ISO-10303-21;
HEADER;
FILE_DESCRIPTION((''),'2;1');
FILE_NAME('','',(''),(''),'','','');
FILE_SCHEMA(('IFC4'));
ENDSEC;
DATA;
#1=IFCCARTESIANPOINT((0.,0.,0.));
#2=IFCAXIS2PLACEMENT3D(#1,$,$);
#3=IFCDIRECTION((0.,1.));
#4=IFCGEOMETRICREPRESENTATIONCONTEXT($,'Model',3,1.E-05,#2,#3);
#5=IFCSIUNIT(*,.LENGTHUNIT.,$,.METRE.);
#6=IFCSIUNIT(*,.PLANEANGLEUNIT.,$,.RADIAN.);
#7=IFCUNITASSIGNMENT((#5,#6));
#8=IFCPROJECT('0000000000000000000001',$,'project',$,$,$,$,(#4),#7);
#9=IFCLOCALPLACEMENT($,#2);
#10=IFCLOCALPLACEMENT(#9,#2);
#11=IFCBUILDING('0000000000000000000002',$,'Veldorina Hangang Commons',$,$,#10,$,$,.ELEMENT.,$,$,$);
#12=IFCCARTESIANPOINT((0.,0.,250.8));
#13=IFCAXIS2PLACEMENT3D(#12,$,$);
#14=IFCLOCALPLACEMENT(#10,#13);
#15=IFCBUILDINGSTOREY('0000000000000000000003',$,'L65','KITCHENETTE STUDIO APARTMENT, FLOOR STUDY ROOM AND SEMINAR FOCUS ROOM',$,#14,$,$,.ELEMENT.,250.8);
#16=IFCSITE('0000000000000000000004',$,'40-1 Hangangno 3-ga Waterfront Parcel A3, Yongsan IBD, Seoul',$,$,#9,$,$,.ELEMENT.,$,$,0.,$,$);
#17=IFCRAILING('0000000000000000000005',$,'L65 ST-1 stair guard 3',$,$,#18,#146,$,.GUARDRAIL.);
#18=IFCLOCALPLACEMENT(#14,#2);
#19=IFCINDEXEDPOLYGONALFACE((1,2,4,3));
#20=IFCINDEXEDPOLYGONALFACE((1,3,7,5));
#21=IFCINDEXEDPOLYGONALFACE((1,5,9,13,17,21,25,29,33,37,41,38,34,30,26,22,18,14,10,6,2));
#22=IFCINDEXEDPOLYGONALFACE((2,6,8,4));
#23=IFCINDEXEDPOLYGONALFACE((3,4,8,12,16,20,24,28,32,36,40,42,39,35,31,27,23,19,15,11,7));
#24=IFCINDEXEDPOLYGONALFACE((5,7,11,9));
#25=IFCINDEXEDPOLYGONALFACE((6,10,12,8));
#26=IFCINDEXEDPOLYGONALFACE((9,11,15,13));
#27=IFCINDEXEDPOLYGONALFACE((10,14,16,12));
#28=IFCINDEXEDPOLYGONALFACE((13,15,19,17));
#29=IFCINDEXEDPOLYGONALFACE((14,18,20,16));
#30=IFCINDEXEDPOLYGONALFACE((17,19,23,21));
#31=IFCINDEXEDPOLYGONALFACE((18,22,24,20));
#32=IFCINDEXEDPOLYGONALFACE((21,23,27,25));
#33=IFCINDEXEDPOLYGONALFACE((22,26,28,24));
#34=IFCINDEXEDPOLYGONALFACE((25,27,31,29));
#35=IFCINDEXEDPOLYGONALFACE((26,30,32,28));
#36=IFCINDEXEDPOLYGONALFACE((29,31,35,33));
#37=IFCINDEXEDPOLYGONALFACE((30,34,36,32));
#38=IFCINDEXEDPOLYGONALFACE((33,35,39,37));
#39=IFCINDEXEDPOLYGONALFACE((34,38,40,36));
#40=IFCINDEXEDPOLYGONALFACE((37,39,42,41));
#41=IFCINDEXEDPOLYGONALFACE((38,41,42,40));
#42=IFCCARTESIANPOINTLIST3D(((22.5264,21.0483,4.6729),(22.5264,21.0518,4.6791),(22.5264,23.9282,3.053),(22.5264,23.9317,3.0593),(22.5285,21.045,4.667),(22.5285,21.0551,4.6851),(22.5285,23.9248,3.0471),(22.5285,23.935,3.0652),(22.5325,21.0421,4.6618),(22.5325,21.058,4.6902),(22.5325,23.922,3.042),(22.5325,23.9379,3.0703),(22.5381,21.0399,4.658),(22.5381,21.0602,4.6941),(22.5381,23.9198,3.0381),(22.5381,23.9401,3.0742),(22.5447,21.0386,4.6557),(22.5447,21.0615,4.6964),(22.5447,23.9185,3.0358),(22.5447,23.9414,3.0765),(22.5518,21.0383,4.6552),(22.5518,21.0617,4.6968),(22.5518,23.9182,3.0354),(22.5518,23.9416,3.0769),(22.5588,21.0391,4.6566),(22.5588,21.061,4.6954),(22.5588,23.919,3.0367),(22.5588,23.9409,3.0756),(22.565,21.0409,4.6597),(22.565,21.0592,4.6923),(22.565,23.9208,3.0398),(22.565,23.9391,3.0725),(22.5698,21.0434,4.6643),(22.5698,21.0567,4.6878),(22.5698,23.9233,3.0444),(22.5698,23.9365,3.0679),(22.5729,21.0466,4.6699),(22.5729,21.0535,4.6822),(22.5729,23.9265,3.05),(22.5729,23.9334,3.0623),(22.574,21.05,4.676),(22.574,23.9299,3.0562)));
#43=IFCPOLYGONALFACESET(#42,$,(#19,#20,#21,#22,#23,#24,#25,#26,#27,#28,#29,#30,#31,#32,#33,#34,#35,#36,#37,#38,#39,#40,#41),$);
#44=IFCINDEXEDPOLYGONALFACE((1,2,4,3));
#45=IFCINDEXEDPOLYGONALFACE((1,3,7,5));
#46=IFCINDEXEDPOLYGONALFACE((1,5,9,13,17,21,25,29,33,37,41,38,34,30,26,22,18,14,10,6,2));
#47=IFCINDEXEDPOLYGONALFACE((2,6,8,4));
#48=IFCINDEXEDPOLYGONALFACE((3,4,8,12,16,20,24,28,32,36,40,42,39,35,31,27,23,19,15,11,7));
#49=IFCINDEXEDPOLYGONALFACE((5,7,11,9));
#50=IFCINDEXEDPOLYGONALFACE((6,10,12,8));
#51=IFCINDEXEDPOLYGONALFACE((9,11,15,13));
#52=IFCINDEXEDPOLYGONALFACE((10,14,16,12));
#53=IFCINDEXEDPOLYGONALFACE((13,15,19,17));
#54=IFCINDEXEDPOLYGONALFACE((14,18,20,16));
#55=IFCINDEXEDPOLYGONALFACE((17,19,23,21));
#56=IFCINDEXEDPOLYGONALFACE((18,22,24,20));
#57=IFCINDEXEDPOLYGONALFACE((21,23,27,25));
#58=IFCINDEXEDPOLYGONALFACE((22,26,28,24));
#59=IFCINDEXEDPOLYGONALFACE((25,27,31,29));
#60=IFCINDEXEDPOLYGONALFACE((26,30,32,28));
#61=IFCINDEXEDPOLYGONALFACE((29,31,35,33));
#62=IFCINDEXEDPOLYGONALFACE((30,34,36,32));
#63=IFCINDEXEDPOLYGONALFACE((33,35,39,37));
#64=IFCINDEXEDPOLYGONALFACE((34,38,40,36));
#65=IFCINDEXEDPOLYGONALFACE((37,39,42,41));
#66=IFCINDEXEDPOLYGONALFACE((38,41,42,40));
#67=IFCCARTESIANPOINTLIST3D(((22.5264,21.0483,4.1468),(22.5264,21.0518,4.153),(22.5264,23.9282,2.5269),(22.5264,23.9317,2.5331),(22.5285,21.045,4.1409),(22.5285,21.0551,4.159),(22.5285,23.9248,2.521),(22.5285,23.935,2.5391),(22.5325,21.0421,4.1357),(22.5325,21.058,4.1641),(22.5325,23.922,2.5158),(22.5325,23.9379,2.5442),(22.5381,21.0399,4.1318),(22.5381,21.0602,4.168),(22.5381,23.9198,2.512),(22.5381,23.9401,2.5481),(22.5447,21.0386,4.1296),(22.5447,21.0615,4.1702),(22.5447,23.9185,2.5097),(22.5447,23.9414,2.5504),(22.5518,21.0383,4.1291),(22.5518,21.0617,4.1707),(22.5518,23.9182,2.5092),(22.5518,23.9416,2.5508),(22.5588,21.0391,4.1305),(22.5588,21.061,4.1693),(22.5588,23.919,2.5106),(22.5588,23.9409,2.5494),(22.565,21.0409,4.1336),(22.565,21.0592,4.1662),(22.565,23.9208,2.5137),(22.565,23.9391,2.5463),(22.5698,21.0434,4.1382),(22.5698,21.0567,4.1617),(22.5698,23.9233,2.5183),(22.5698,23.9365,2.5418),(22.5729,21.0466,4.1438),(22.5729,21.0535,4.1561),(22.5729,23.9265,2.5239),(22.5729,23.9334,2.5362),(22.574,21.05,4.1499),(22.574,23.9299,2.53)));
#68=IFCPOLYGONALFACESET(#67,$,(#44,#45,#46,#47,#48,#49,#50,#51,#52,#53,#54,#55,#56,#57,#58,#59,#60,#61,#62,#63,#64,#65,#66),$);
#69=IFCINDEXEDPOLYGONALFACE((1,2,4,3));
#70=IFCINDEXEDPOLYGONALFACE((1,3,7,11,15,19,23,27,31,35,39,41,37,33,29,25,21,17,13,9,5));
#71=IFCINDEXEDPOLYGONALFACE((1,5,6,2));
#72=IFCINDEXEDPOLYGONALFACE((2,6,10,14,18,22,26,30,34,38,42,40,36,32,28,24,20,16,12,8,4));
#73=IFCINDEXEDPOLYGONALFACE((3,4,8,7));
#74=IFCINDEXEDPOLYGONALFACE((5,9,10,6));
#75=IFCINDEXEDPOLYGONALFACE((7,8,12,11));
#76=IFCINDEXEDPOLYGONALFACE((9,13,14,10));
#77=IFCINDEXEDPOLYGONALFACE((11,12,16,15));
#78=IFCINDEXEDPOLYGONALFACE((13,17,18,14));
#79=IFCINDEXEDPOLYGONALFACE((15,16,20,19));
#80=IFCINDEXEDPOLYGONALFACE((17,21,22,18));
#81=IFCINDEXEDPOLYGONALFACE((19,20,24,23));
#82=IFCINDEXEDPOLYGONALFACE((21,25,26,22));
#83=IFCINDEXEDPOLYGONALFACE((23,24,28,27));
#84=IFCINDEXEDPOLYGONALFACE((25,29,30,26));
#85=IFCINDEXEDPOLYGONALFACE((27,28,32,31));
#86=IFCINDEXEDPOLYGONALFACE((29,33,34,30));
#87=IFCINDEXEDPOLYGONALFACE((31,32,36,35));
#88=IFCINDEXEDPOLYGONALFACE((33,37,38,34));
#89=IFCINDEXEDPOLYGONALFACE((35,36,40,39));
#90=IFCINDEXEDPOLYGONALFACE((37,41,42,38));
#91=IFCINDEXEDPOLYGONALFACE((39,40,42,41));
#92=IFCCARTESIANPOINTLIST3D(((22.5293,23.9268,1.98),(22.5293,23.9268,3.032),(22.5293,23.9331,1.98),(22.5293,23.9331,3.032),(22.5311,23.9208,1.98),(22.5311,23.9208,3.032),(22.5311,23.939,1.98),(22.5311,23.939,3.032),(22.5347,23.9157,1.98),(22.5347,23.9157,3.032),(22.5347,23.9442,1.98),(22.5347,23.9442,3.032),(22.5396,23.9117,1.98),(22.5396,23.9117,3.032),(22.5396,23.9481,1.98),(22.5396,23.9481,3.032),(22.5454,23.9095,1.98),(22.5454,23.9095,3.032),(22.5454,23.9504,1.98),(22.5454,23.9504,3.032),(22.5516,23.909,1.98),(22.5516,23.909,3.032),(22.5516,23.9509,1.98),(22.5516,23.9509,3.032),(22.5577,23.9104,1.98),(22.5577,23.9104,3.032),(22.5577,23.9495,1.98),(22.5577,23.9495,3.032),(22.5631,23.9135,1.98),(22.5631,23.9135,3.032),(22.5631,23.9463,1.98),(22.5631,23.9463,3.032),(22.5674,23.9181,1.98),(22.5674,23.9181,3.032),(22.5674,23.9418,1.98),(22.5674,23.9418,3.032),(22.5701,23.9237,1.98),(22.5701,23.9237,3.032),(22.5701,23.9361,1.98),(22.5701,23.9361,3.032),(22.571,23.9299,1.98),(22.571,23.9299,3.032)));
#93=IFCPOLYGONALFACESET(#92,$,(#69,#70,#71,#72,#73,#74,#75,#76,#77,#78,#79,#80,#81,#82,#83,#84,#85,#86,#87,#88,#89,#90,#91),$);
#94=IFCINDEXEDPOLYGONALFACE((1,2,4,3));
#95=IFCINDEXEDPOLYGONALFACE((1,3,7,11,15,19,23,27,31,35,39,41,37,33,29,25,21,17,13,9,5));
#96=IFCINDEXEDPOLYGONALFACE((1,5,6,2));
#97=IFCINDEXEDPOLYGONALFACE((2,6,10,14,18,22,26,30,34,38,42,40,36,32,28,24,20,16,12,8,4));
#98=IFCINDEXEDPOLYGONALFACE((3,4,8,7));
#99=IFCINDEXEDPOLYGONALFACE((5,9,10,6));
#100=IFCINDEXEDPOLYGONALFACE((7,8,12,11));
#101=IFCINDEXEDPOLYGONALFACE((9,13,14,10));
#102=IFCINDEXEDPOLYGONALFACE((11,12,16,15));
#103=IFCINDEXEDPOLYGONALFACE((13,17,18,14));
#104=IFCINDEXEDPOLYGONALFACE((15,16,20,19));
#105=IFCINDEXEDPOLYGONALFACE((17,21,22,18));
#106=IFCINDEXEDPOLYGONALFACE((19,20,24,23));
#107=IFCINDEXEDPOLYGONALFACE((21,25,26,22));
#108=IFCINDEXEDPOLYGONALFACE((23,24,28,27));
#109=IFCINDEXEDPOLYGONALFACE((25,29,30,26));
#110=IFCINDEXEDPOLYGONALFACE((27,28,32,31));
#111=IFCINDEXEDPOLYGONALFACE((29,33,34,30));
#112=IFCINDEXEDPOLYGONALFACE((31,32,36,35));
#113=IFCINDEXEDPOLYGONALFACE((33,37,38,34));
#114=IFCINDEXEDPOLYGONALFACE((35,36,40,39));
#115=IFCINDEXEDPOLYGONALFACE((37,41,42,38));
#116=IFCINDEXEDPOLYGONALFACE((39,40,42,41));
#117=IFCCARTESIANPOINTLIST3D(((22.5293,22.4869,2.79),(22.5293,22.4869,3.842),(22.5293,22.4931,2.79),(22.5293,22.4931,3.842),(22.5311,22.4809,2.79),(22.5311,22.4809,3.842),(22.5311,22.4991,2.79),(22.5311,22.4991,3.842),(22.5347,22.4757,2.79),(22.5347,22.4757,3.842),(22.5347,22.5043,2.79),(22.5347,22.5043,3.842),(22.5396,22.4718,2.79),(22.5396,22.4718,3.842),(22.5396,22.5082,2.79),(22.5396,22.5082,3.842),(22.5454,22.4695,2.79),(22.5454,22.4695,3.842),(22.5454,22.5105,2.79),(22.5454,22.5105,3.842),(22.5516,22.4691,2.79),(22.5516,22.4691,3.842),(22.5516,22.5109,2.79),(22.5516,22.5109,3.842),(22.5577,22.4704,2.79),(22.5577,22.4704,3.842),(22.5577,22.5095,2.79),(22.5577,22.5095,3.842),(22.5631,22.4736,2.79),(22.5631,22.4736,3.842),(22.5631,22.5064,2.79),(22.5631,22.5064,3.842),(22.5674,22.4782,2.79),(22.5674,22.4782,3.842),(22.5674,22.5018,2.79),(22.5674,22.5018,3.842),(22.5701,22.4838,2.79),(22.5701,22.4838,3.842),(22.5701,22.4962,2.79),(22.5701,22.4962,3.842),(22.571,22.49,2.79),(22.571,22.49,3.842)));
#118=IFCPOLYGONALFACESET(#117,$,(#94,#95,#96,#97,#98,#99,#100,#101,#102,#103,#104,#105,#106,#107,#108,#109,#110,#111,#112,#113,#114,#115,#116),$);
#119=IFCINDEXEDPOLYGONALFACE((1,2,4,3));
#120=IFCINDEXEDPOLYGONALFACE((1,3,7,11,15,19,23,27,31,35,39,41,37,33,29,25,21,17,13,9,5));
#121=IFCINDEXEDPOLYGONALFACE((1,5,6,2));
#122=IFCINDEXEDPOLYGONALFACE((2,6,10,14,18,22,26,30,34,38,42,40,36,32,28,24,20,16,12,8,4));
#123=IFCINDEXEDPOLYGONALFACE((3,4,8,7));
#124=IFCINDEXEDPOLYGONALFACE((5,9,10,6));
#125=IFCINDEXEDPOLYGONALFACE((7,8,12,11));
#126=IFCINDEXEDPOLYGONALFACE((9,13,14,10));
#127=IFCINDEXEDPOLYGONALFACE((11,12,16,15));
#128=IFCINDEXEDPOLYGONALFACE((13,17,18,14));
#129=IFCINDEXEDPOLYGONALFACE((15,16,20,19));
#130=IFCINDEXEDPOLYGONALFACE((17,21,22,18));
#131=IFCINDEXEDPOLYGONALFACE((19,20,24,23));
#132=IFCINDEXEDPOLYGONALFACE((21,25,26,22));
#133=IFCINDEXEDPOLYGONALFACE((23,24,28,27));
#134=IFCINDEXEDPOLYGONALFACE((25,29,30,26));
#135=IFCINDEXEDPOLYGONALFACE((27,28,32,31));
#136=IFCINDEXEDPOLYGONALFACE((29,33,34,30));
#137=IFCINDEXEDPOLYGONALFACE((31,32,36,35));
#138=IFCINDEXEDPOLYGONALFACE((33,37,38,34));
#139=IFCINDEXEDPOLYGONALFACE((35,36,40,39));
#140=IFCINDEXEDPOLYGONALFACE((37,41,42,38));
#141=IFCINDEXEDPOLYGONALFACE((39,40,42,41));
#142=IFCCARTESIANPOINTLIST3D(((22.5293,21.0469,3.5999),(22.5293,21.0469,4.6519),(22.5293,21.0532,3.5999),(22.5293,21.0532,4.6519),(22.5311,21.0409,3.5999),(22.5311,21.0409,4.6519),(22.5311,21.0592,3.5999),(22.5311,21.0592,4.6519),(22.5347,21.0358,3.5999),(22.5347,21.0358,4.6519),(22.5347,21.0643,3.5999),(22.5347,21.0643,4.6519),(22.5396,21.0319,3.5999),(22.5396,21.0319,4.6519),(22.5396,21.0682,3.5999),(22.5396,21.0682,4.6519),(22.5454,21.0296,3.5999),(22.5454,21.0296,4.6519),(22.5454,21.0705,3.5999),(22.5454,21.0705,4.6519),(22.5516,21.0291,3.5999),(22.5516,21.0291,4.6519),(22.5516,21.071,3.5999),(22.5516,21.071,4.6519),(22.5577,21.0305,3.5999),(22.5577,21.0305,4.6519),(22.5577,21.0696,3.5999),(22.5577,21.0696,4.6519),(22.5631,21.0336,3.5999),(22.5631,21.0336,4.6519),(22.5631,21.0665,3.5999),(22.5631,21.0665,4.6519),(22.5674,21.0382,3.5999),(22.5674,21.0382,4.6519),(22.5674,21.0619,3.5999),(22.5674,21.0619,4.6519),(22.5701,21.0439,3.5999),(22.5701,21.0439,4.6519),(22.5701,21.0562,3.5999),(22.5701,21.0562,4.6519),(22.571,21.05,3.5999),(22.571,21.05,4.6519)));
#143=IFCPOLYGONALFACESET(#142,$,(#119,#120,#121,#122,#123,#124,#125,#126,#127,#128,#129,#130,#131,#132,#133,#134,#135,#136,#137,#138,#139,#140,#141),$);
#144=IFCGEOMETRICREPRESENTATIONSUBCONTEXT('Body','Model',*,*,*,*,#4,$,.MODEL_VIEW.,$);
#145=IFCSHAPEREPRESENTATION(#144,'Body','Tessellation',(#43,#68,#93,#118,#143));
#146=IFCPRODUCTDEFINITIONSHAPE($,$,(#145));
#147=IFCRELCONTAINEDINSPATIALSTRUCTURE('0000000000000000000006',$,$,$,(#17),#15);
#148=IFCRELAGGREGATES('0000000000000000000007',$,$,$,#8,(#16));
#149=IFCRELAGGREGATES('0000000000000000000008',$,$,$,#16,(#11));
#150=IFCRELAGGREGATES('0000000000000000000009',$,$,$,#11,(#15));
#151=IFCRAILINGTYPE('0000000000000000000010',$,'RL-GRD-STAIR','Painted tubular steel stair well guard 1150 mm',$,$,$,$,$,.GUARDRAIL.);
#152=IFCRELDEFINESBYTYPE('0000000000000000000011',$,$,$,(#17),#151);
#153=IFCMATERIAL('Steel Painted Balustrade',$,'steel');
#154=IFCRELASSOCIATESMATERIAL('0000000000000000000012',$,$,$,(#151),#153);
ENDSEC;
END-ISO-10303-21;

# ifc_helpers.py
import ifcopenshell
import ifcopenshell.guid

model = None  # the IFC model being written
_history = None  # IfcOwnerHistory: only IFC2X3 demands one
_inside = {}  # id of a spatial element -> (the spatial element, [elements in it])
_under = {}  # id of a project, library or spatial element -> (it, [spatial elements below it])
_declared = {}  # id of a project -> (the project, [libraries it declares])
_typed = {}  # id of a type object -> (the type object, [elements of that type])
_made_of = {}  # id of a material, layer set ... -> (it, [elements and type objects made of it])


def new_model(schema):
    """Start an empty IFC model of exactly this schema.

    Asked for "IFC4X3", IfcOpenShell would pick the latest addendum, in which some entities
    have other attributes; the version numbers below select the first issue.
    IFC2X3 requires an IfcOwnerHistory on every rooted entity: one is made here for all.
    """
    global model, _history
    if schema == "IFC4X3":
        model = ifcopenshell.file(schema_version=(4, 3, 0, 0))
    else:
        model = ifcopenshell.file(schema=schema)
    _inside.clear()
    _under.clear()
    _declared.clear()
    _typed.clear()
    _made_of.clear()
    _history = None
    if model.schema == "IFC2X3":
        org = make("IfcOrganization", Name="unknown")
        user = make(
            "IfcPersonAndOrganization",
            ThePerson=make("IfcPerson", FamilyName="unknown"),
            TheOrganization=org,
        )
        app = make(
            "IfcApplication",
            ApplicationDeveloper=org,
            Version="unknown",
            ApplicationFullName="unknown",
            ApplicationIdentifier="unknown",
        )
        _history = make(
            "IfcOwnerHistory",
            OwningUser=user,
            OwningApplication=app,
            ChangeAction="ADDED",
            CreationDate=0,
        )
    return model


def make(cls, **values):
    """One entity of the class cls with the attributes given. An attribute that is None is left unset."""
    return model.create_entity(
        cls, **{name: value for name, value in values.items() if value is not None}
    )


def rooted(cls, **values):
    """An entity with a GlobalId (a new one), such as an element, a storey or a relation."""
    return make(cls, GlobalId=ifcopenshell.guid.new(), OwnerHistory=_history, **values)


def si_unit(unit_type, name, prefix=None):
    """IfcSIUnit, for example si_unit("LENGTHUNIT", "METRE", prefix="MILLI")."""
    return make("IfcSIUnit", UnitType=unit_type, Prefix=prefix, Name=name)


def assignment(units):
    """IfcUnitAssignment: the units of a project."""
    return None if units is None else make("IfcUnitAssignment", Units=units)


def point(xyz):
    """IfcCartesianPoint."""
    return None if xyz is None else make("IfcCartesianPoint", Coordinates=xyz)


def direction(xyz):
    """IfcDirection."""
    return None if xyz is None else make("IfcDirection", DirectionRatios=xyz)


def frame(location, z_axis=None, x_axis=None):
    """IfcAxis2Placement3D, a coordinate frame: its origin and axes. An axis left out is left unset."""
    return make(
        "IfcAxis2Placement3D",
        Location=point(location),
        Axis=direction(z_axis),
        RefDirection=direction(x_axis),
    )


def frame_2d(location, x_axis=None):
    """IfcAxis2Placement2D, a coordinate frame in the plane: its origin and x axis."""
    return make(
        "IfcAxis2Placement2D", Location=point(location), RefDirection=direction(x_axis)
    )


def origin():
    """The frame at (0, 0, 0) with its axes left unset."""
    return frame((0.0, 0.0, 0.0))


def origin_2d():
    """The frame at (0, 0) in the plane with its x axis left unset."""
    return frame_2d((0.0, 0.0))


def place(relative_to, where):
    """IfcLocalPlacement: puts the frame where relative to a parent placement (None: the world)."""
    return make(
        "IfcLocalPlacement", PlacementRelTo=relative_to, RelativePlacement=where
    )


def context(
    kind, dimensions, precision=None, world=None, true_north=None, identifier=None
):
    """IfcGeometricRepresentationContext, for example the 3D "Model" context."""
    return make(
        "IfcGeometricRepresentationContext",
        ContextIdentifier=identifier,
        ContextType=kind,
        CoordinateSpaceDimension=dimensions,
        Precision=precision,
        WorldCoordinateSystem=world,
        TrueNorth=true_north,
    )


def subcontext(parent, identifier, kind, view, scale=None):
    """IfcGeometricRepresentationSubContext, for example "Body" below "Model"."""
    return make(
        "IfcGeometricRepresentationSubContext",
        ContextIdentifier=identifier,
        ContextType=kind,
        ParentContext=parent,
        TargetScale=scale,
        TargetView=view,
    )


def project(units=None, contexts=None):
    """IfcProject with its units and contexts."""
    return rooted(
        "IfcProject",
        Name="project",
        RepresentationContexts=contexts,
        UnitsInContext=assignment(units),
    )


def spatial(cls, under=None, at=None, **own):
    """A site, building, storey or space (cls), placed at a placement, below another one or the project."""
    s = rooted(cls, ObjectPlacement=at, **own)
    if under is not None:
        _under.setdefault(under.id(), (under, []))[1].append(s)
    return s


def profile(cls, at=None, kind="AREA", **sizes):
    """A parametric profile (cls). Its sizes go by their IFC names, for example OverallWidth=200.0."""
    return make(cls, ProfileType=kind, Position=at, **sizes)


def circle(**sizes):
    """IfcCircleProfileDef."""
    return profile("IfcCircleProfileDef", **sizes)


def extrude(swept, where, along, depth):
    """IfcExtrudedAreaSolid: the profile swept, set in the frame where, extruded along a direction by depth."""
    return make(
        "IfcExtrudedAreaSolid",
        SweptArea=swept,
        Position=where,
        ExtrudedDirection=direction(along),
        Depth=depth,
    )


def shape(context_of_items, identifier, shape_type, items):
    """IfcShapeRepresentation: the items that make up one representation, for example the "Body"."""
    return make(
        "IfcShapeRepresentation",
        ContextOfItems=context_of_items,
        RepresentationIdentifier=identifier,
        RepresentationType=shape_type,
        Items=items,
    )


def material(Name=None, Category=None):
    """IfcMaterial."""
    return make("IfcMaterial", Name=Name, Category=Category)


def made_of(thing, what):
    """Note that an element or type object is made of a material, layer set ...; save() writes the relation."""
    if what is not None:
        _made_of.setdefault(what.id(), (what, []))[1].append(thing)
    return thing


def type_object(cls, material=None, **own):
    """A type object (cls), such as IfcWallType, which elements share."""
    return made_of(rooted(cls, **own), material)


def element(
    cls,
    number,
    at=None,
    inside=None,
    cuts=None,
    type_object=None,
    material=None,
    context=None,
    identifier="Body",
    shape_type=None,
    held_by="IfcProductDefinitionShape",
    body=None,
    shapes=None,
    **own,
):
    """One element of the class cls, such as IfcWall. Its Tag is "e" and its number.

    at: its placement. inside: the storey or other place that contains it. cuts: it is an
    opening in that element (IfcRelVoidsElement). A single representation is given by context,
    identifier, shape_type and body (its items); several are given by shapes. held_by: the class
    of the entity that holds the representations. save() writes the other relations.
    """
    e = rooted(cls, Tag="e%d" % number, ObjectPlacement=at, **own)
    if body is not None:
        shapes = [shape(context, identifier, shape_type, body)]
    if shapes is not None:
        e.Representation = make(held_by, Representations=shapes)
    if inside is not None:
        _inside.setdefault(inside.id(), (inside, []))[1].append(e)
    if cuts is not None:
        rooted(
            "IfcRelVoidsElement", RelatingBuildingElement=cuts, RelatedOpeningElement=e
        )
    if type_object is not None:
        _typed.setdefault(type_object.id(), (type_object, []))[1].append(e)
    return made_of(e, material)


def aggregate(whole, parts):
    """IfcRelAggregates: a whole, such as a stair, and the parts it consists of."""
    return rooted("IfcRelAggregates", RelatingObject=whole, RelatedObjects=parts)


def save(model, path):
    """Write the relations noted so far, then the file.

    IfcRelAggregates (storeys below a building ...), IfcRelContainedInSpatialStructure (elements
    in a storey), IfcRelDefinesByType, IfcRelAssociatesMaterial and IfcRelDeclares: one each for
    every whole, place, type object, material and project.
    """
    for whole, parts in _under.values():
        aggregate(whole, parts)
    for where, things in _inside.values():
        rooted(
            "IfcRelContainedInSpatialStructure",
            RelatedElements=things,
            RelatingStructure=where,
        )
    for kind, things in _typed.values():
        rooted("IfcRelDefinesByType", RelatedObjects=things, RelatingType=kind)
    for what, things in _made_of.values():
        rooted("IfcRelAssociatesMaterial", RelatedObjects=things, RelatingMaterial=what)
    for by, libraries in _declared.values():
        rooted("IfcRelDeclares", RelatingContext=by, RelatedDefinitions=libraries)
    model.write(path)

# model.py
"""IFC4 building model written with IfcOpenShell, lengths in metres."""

from ifc_helpers import new_model, si_unit, direction, frame, origin, origin_2d, place, context, subcontext, project, spatial, circle, extrude, material, type_object, element, save


model = new_model("IFC4")

# Units and contexts
model_context = context("Model", 3, precision=1e-05, world=origin(), true_north=direction((0.0, 1.0)))
body_context = subcontext(model_context, "Body", "Model", "MODEL_VIEW")
ifc_project = project(units=[si_unit("LENGTHUNIT", "METRE"), si_unit("PLANEANGLEUNIT", "RADIAN")], contexts=[model_context])

# Site, building, storey
site_placement = place(None, origin())
site = spatial("IfcSite", under=ifc_project, at=site_placement, Name="40-1 Hangangno 3-ga Waterfront Parcel A3, Yongsan IBD, Seoul", CompositionType="ELEMENT", RefElevation=0.0)
building_placement = place(site_placement, origin())
building = spatial("IfcBuilding", under=site, at=building_placement, Name="Veldorina Hangang Commons", CompositionType="ELEMENT")
storey_placement = place(building_placement, frame((0.0, 0.0, 250.8)))
storey = spatial("IfcBuildingStorey", under=building, at=storey_placement, Name="L65", Description="KITCHENETTE STUDIO APARTMENT, FLOOR STUDY ROOM AND SEMINAR FOCUS ROOM", CompositionType="ELEMENT", Elevation=250.8)

# Railing
ifc_material_1 = material(Name="Steel Painted Balustrade", Category="steel")
railing_type = type_object("IfcRailingType", Name="RL-GRD-STAIR", Description="Painted tubular steel stair well guard 1150 mm", PredefinedType="GUARDRAIL", material=ifc_material_1)
railing_1_placement = place(storey_placement, frame((22.55, 23.9299, 1.98)))
element("IfcRailing", 1, at=railing_1_placement, inside=storey, type_object=railing_type, Name="L65 ST-1 stair guard 3", PredefinedType="GUARDRAIL", context=body_context, shape_type="SweptSolid", body=[
    extrude(circle(Radius=0.0239, at=origin_2d()), frame((0.0, 0.0, 1.0762), z_axis=(0.0, -0.871583, 0.490247), x_axis=(1.0, 0.0, 0.0)), (0.0, 0.0, 1.0), 3.3042),
    extrude(circle(Radius=0.0239, at=origin_2d()), frame((0.0, 0.0, 0.55), z_axis=(0.0, -0.871583, 0.490247), x_axis=(1.0, 0.0, 0.0)), (0.0, 0.0, 1.0), 3.3042),
    extrude(circle(Radius=0.021, at=origin_2d()), origin(), (0.0, 0.0, 1.0), 1.052),
    extrude(circle(Radius=0.021, at=origin_2d()), frame((0.0, -1.4399, 0.8101)), (0.0, 0.0, 1.0), 1.052),
    extrude(circle(Radius=0.021, at=origin_2d()), frame((0.0, -2.8799, 1.6199)), (0.0, 0.0, 1.0), 1.052),
])

save(model, "model.ifc")
